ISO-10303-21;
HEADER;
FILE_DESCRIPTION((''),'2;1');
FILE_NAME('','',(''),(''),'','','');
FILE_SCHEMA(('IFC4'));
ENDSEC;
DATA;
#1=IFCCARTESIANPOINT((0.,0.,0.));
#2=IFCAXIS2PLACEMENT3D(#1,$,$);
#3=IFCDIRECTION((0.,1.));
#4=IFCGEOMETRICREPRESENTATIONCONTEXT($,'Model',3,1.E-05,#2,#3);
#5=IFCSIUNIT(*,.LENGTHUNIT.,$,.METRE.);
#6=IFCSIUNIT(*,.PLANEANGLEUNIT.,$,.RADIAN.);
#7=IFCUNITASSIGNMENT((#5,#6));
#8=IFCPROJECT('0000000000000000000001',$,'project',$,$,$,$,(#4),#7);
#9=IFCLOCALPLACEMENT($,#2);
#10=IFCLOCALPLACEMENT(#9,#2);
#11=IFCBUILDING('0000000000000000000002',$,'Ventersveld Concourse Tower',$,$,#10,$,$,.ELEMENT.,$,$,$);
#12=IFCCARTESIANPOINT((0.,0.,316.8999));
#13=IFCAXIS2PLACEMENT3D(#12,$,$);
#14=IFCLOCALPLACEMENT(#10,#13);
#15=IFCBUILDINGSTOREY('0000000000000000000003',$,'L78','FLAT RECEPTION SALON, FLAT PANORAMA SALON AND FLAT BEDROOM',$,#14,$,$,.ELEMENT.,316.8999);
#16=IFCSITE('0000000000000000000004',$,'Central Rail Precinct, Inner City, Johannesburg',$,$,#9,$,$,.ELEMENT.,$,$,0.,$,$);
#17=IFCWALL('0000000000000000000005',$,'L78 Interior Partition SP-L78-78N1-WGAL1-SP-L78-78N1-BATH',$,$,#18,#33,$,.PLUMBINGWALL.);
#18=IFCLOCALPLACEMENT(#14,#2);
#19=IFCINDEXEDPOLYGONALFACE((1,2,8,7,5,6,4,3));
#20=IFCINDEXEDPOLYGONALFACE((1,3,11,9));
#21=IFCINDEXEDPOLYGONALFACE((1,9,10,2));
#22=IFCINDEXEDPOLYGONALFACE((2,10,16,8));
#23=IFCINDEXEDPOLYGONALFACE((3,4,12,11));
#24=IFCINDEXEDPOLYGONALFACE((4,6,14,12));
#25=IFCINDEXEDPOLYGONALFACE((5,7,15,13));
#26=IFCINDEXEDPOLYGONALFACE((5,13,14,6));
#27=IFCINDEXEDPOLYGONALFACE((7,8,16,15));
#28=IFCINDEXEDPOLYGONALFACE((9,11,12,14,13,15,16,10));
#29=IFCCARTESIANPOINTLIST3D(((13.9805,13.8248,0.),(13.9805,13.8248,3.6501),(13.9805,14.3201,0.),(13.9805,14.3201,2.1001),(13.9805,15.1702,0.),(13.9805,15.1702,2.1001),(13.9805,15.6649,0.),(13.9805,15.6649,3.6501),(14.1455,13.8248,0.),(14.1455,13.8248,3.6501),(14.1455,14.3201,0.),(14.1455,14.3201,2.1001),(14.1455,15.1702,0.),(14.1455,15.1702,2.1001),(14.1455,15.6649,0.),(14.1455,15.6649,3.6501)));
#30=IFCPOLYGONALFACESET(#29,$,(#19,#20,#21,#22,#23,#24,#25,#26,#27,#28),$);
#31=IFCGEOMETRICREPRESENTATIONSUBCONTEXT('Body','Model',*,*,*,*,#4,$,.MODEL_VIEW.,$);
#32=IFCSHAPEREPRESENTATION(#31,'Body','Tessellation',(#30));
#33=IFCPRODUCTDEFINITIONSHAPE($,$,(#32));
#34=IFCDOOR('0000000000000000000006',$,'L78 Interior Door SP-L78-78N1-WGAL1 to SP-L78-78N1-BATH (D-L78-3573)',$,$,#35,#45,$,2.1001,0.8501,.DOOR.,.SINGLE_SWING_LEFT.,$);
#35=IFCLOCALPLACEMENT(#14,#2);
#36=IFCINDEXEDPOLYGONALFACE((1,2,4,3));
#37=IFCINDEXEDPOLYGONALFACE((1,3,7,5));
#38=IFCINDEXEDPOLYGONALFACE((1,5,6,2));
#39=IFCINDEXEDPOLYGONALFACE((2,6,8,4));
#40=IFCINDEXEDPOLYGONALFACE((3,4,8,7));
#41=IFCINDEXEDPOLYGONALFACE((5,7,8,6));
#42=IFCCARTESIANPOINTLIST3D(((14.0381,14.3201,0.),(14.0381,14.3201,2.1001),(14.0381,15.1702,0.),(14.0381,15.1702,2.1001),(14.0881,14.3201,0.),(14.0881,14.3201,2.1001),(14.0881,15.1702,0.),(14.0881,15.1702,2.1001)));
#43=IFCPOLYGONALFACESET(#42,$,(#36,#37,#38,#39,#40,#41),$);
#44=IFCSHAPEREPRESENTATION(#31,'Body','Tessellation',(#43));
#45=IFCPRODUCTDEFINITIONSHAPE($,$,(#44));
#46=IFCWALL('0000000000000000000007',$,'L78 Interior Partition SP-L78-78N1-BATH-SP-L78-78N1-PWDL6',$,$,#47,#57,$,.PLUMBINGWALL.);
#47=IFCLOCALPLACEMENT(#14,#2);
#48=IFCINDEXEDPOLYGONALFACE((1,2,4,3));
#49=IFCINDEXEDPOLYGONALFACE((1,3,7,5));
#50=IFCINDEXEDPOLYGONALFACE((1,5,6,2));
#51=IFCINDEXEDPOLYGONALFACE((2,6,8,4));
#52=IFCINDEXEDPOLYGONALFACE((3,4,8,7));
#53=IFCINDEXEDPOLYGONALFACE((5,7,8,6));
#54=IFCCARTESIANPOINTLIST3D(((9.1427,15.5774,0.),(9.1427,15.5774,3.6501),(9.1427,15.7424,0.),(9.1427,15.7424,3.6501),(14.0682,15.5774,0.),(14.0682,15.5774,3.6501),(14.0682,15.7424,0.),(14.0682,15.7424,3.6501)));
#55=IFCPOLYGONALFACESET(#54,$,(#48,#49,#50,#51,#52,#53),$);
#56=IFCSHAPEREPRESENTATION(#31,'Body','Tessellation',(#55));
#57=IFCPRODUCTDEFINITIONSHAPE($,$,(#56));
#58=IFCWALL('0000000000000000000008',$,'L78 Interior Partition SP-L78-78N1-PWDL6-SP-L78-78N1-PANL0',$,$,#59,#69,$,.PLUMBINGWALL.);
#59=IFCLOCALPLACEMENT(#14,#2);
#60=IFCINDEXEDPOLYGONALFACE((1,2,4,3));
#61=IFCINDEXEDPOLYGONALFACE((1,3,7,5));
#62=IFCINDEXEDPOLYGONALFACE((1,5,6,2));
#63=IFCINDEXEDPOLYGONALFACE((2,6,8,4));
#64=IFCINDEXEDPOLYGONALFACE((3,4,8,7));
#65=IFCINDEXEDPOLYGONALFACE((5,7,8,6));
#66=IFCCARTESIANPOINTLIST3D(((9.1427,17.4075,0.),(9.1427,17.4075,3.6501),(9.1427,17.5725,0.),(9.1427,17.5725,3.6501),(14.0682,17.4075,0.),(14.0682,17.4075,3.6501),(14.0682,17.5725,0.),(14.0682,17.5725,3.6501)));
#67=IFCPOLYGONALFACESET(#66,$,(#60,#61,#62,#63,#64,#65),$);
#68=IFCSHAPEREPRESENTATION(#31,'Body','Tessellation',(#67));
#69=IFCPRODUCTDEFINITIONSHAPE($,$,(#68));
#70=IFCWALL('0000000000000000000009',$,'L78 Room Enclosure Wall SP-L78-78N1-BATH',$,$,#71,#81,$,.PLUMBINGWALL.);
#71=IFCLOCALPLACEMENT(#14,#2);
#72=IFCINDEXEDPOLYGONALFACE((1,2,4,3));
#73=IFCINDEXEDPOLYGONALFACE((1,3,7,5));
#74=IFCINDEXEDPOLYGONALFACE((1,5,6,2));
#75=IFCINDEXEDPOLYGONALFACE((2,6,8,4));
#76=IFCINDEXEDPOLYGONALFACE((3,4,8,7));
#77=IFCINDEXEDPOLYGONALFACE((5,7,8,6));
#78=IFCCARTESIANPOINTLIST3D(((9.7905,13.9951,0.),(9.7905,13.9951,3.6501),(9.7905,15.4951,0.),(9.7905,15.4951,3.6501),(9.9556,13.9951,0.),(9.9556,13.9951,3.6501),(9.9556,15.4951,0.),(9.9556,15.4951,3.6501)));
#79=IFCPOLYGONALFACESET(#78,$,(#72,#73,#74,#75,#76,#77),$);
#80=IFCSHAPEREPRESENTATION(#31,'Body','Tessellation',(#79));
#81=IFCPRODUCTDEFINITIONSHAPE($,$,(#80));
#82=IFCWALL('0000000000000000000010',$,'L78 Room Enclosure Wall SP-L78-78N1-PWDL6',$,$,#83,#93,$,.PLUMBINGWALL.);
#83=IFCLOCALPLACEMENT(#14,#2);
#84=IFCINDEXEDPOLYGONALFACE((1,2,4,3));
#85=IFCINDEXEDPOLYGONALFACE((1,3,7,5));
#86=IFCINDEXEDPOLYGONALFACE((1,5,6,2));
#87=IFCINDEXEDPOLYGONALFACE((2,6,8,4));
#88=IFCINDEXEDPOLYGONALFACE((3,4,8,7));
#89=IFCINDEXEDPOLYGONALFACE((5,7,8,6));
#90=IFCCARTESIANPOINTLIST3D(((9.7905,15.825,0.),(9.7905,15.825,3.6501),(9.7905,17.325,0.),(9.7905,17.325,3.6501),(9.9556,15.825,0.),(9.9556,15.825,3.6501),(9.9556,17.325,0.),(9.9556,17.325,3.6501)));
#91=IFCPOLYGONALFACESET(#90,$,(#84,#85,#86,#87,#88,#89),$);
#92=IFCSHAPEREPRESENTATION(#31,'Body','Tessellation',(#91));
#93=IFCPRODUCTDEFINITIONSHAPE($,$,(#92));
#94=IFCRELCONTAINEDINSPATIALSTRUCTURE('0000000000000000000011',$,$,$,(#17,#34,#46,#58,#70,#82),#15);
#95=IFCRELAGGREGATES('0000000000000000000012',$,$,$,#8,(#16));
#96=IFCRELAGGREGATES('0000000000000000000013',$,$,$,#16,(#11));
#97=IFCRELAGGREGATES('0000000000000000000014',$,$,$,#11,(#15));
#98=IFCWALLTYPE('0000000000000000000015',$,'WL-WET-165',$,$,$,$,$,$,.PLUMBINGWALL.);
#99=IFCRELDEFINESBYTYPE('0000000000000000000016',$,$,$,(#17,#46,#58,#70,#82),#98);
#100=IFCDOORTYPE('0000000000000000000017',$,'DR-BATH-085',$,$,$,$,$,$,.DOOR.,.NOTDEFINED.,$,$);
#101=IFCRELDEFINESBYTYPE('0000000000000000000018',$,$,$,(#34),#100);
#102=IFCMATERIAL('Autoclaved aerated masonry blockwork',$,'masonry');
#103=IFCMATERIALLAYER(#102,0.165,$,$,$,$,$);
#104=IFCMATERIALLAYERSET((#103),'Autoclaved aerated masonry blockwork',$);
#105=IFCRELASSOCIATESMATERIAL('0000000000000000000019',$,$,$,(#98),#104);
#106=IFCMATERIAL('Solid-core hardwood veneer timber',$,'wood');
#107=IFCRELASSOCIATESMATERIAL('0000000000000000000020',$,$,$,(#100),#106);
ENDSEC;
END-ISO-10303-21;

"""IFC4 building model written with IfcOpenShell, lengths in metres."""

from ifc_helpers import new_model, si_unit, direction, frame, frame_2d, origin, place, context, subcontext, project, spatial, rectangle, extrude, material, layer, layer_set, type_object, element, fill, save


model = new_model("IFC4")

# Units and contexts
model_context = context("Model", 3, precision=1e-05, world=origin(), true_north=direction((0.0, 1.0)))
body_context = subcontext(model_context, "Body", "Model", "MODEL_VIEW")
ifc_project = project(units=[si_unit("LENGTHUNIT", "METRE"), si_unit("PLANEANGLEUNIT", "RADIAN")], contexts=[model_context])

# Site, building, storey
site_placement = place(None, origin())
site = spatial("IfcSite", under=ifc_project, at=site_placement, Name="Central Rail Precinct, Inner City, Johannesburg", CompositionType="ELEMENT", RefElevation=0.0)
building_placement = place(site_placement, origin())
building = spatial("IfcBuilding", under=site, at=building_placement, Name="Ventersveld Concourse Tower", CompositionType="ELEMENT")
storey_placement = place(building_placement, frame((0.0, 0.0, 316.8999)))
storey = spatial("IfcBuildingStorey", under=building, at=storey_placement, Name="L78", Description="FLAT RECEPTION SALON, FLAT PANORAMA SALON AND FLAT BEDROOM", CompositionType="ELEMENT", Elevation=316.8999)

# Shared definitions
ifc_material_1 = material(Name="Solid-core hardwood veneer timber", Category="wood")

# Shared definitions
ifc_material_2 = material(Name="Autoclaved aerated masonry blockwork", Category="masonry")

# Wall, opening, door
ifc_layer_1 = layer(ifc_material_2, 0.165)
ifc_layer_set_1 = layer_set([ifc_layer_1], Name="Autoclaved aerated masonry blockwork")
wall_type_1 = type_object("IfcWallType", Name="WL-WET-165", PredefinedType="PLUMBINGWALL", material=ifc_layer_set_1)
wall_1_placement = place(storey_placement, frame((14.063, 13.825, 0.0), z_axis=(0.0, 0.0, 1.0), x_axis=(0.0, 1.0, 0.0)))
wall_1 = element("IfcWall", 1, at=wall_1_placement, inside=storey, type_object=wall_type_1, Name="L78 Interior Partition SP-L78-78N1-WGAL1-SP-L78-78N1-BATH", PredefinedType="PLUMBINGWALL", context=body_context, shape_type="SweptSolid", body=[
    extrude(rectangle(XDim=1.8401, YDim=0.165, at=frame_2d((0.9199, 0.0))), origin(), (0.0, 0.0, 1.0), 3.6501),
])
opening_1_placement = place(wall_1_placement, frame((0.4951, 0.0, 0.0)))
opening_1 = element("IfcOpeningElement", 2, at=opening_1_placement, cuts=wall_1, PredefinedType="OPENING", context=body_context, shape_type="SweptSolid", body=[
    extrude(rectangle(XDim=0.8501, YDim=2.1001, at=frame_2d((0.425, 1.05))), frame((0.0, 0.0925, 0.0), z_axis=(0.0, -1.0, 0.0), x_axis=(1.0, 0.0, 0.0)), (0.0, 0.0, 1.0), 0.1851),
])
door_type_1 = type_object("IfcDoorType", Name="DR-BATH-085", OperationType="NOTDEFINED", PredefinedType="DOOR", material=ifc_material_1)
door_1_placement = place(opening_1_placement, origin())
door_1 = element("IfcDoor", 3, at=door_1_placement, inside=storey, type_object=door_type_1, Name="L78 Interior Door SP-L78-78N1-WGAL1 to SP-L78-78N1-BATH (D-L78-3573)", OperationType="SINGLE_SWING_LEFT", OverallHeight=2.1001, OverallWidth=0.8501, PredefinedType="DOOR", context=body_context, shape_type="SweptSolid", body=[
    extrude(rectangle(XDim=0.8501, YDim=2.1001, at=frame_2d((0.425, 1.05))), frame((0.0, 0.0249, 0.0), z_axis=(0.0, -1.0, 0.0), x_axis=(1.0, 0.0, 0.0)), (0.0, 0.0, 1.0), 0.05),
])
fill(opening_1, door_1)

# Walls
for number, where, z_axis, x_axis, name in (
    (4, (9.1426, 15.6599, 0.0), (0.0, 0.0, 1.0), (1.0, 0.0, 0.0), "L78 Interior Partition SP-L78-78N1-BATH-SP-L78-78N1-PWDL6"),
    (5, (9.1426, 17.49, 0.0), (0.0, 0.0, 1.0), (1.0, 0.0, 0.0), "L78 Interior Partition SP-L78-78N1-PWDL6-SP-L78-78N1-PANL0"),
):
    element("IfcWall", number, at=place(storey_placement, frame(where, z_axis=z_axis, x_axis=x_axis)), inside=storey, type_object=wall_type_1, Name=name, PredefinedType="PLUMBINGWALL", context=body_context, shape_type="SweptSolid", body=[
        extrude(rectangle(XDim=4.9255, YDim=0.165, at=frame_2d((2.4629, 0.0))), origin(), (0.0, 0.0, 1.0), 3.6501),
    ])
for number, where, z_axis, x_axis, name in (
    (6, (9.873, 13.9951, 0.0), (0.0, 0.0, 1.0), (0.0, 1.0, 0.0), "L78 Room Enclosure Wall SP-L78-78N1-BATH"),
    (7, (9.873, 15.825, 0.0), (0.0, 0.0, 1.0), (0.0, 1.0, 0.0), "L78 Room Enclosure Wall SP-L78-78N1-PWDL6"),
):
    element("IfcWall", number, at=place(storey_placement, frame(where, z_axis=z_axis, x_axis=x_axis)), inside=storey, type_object=wall_type_1, Name=name, PredefinedType="PLUMBINGWALL", context=body_context, shape_type="SweptSolid", body=[
        extrude(rectangle(XDim=1.5, YDim=0.165, at=frame_2d((0.75, 0.0))), origin(), (0.0, 0.0, 1.0), 3.6501),
    ])

save(model, "model.ifc")
